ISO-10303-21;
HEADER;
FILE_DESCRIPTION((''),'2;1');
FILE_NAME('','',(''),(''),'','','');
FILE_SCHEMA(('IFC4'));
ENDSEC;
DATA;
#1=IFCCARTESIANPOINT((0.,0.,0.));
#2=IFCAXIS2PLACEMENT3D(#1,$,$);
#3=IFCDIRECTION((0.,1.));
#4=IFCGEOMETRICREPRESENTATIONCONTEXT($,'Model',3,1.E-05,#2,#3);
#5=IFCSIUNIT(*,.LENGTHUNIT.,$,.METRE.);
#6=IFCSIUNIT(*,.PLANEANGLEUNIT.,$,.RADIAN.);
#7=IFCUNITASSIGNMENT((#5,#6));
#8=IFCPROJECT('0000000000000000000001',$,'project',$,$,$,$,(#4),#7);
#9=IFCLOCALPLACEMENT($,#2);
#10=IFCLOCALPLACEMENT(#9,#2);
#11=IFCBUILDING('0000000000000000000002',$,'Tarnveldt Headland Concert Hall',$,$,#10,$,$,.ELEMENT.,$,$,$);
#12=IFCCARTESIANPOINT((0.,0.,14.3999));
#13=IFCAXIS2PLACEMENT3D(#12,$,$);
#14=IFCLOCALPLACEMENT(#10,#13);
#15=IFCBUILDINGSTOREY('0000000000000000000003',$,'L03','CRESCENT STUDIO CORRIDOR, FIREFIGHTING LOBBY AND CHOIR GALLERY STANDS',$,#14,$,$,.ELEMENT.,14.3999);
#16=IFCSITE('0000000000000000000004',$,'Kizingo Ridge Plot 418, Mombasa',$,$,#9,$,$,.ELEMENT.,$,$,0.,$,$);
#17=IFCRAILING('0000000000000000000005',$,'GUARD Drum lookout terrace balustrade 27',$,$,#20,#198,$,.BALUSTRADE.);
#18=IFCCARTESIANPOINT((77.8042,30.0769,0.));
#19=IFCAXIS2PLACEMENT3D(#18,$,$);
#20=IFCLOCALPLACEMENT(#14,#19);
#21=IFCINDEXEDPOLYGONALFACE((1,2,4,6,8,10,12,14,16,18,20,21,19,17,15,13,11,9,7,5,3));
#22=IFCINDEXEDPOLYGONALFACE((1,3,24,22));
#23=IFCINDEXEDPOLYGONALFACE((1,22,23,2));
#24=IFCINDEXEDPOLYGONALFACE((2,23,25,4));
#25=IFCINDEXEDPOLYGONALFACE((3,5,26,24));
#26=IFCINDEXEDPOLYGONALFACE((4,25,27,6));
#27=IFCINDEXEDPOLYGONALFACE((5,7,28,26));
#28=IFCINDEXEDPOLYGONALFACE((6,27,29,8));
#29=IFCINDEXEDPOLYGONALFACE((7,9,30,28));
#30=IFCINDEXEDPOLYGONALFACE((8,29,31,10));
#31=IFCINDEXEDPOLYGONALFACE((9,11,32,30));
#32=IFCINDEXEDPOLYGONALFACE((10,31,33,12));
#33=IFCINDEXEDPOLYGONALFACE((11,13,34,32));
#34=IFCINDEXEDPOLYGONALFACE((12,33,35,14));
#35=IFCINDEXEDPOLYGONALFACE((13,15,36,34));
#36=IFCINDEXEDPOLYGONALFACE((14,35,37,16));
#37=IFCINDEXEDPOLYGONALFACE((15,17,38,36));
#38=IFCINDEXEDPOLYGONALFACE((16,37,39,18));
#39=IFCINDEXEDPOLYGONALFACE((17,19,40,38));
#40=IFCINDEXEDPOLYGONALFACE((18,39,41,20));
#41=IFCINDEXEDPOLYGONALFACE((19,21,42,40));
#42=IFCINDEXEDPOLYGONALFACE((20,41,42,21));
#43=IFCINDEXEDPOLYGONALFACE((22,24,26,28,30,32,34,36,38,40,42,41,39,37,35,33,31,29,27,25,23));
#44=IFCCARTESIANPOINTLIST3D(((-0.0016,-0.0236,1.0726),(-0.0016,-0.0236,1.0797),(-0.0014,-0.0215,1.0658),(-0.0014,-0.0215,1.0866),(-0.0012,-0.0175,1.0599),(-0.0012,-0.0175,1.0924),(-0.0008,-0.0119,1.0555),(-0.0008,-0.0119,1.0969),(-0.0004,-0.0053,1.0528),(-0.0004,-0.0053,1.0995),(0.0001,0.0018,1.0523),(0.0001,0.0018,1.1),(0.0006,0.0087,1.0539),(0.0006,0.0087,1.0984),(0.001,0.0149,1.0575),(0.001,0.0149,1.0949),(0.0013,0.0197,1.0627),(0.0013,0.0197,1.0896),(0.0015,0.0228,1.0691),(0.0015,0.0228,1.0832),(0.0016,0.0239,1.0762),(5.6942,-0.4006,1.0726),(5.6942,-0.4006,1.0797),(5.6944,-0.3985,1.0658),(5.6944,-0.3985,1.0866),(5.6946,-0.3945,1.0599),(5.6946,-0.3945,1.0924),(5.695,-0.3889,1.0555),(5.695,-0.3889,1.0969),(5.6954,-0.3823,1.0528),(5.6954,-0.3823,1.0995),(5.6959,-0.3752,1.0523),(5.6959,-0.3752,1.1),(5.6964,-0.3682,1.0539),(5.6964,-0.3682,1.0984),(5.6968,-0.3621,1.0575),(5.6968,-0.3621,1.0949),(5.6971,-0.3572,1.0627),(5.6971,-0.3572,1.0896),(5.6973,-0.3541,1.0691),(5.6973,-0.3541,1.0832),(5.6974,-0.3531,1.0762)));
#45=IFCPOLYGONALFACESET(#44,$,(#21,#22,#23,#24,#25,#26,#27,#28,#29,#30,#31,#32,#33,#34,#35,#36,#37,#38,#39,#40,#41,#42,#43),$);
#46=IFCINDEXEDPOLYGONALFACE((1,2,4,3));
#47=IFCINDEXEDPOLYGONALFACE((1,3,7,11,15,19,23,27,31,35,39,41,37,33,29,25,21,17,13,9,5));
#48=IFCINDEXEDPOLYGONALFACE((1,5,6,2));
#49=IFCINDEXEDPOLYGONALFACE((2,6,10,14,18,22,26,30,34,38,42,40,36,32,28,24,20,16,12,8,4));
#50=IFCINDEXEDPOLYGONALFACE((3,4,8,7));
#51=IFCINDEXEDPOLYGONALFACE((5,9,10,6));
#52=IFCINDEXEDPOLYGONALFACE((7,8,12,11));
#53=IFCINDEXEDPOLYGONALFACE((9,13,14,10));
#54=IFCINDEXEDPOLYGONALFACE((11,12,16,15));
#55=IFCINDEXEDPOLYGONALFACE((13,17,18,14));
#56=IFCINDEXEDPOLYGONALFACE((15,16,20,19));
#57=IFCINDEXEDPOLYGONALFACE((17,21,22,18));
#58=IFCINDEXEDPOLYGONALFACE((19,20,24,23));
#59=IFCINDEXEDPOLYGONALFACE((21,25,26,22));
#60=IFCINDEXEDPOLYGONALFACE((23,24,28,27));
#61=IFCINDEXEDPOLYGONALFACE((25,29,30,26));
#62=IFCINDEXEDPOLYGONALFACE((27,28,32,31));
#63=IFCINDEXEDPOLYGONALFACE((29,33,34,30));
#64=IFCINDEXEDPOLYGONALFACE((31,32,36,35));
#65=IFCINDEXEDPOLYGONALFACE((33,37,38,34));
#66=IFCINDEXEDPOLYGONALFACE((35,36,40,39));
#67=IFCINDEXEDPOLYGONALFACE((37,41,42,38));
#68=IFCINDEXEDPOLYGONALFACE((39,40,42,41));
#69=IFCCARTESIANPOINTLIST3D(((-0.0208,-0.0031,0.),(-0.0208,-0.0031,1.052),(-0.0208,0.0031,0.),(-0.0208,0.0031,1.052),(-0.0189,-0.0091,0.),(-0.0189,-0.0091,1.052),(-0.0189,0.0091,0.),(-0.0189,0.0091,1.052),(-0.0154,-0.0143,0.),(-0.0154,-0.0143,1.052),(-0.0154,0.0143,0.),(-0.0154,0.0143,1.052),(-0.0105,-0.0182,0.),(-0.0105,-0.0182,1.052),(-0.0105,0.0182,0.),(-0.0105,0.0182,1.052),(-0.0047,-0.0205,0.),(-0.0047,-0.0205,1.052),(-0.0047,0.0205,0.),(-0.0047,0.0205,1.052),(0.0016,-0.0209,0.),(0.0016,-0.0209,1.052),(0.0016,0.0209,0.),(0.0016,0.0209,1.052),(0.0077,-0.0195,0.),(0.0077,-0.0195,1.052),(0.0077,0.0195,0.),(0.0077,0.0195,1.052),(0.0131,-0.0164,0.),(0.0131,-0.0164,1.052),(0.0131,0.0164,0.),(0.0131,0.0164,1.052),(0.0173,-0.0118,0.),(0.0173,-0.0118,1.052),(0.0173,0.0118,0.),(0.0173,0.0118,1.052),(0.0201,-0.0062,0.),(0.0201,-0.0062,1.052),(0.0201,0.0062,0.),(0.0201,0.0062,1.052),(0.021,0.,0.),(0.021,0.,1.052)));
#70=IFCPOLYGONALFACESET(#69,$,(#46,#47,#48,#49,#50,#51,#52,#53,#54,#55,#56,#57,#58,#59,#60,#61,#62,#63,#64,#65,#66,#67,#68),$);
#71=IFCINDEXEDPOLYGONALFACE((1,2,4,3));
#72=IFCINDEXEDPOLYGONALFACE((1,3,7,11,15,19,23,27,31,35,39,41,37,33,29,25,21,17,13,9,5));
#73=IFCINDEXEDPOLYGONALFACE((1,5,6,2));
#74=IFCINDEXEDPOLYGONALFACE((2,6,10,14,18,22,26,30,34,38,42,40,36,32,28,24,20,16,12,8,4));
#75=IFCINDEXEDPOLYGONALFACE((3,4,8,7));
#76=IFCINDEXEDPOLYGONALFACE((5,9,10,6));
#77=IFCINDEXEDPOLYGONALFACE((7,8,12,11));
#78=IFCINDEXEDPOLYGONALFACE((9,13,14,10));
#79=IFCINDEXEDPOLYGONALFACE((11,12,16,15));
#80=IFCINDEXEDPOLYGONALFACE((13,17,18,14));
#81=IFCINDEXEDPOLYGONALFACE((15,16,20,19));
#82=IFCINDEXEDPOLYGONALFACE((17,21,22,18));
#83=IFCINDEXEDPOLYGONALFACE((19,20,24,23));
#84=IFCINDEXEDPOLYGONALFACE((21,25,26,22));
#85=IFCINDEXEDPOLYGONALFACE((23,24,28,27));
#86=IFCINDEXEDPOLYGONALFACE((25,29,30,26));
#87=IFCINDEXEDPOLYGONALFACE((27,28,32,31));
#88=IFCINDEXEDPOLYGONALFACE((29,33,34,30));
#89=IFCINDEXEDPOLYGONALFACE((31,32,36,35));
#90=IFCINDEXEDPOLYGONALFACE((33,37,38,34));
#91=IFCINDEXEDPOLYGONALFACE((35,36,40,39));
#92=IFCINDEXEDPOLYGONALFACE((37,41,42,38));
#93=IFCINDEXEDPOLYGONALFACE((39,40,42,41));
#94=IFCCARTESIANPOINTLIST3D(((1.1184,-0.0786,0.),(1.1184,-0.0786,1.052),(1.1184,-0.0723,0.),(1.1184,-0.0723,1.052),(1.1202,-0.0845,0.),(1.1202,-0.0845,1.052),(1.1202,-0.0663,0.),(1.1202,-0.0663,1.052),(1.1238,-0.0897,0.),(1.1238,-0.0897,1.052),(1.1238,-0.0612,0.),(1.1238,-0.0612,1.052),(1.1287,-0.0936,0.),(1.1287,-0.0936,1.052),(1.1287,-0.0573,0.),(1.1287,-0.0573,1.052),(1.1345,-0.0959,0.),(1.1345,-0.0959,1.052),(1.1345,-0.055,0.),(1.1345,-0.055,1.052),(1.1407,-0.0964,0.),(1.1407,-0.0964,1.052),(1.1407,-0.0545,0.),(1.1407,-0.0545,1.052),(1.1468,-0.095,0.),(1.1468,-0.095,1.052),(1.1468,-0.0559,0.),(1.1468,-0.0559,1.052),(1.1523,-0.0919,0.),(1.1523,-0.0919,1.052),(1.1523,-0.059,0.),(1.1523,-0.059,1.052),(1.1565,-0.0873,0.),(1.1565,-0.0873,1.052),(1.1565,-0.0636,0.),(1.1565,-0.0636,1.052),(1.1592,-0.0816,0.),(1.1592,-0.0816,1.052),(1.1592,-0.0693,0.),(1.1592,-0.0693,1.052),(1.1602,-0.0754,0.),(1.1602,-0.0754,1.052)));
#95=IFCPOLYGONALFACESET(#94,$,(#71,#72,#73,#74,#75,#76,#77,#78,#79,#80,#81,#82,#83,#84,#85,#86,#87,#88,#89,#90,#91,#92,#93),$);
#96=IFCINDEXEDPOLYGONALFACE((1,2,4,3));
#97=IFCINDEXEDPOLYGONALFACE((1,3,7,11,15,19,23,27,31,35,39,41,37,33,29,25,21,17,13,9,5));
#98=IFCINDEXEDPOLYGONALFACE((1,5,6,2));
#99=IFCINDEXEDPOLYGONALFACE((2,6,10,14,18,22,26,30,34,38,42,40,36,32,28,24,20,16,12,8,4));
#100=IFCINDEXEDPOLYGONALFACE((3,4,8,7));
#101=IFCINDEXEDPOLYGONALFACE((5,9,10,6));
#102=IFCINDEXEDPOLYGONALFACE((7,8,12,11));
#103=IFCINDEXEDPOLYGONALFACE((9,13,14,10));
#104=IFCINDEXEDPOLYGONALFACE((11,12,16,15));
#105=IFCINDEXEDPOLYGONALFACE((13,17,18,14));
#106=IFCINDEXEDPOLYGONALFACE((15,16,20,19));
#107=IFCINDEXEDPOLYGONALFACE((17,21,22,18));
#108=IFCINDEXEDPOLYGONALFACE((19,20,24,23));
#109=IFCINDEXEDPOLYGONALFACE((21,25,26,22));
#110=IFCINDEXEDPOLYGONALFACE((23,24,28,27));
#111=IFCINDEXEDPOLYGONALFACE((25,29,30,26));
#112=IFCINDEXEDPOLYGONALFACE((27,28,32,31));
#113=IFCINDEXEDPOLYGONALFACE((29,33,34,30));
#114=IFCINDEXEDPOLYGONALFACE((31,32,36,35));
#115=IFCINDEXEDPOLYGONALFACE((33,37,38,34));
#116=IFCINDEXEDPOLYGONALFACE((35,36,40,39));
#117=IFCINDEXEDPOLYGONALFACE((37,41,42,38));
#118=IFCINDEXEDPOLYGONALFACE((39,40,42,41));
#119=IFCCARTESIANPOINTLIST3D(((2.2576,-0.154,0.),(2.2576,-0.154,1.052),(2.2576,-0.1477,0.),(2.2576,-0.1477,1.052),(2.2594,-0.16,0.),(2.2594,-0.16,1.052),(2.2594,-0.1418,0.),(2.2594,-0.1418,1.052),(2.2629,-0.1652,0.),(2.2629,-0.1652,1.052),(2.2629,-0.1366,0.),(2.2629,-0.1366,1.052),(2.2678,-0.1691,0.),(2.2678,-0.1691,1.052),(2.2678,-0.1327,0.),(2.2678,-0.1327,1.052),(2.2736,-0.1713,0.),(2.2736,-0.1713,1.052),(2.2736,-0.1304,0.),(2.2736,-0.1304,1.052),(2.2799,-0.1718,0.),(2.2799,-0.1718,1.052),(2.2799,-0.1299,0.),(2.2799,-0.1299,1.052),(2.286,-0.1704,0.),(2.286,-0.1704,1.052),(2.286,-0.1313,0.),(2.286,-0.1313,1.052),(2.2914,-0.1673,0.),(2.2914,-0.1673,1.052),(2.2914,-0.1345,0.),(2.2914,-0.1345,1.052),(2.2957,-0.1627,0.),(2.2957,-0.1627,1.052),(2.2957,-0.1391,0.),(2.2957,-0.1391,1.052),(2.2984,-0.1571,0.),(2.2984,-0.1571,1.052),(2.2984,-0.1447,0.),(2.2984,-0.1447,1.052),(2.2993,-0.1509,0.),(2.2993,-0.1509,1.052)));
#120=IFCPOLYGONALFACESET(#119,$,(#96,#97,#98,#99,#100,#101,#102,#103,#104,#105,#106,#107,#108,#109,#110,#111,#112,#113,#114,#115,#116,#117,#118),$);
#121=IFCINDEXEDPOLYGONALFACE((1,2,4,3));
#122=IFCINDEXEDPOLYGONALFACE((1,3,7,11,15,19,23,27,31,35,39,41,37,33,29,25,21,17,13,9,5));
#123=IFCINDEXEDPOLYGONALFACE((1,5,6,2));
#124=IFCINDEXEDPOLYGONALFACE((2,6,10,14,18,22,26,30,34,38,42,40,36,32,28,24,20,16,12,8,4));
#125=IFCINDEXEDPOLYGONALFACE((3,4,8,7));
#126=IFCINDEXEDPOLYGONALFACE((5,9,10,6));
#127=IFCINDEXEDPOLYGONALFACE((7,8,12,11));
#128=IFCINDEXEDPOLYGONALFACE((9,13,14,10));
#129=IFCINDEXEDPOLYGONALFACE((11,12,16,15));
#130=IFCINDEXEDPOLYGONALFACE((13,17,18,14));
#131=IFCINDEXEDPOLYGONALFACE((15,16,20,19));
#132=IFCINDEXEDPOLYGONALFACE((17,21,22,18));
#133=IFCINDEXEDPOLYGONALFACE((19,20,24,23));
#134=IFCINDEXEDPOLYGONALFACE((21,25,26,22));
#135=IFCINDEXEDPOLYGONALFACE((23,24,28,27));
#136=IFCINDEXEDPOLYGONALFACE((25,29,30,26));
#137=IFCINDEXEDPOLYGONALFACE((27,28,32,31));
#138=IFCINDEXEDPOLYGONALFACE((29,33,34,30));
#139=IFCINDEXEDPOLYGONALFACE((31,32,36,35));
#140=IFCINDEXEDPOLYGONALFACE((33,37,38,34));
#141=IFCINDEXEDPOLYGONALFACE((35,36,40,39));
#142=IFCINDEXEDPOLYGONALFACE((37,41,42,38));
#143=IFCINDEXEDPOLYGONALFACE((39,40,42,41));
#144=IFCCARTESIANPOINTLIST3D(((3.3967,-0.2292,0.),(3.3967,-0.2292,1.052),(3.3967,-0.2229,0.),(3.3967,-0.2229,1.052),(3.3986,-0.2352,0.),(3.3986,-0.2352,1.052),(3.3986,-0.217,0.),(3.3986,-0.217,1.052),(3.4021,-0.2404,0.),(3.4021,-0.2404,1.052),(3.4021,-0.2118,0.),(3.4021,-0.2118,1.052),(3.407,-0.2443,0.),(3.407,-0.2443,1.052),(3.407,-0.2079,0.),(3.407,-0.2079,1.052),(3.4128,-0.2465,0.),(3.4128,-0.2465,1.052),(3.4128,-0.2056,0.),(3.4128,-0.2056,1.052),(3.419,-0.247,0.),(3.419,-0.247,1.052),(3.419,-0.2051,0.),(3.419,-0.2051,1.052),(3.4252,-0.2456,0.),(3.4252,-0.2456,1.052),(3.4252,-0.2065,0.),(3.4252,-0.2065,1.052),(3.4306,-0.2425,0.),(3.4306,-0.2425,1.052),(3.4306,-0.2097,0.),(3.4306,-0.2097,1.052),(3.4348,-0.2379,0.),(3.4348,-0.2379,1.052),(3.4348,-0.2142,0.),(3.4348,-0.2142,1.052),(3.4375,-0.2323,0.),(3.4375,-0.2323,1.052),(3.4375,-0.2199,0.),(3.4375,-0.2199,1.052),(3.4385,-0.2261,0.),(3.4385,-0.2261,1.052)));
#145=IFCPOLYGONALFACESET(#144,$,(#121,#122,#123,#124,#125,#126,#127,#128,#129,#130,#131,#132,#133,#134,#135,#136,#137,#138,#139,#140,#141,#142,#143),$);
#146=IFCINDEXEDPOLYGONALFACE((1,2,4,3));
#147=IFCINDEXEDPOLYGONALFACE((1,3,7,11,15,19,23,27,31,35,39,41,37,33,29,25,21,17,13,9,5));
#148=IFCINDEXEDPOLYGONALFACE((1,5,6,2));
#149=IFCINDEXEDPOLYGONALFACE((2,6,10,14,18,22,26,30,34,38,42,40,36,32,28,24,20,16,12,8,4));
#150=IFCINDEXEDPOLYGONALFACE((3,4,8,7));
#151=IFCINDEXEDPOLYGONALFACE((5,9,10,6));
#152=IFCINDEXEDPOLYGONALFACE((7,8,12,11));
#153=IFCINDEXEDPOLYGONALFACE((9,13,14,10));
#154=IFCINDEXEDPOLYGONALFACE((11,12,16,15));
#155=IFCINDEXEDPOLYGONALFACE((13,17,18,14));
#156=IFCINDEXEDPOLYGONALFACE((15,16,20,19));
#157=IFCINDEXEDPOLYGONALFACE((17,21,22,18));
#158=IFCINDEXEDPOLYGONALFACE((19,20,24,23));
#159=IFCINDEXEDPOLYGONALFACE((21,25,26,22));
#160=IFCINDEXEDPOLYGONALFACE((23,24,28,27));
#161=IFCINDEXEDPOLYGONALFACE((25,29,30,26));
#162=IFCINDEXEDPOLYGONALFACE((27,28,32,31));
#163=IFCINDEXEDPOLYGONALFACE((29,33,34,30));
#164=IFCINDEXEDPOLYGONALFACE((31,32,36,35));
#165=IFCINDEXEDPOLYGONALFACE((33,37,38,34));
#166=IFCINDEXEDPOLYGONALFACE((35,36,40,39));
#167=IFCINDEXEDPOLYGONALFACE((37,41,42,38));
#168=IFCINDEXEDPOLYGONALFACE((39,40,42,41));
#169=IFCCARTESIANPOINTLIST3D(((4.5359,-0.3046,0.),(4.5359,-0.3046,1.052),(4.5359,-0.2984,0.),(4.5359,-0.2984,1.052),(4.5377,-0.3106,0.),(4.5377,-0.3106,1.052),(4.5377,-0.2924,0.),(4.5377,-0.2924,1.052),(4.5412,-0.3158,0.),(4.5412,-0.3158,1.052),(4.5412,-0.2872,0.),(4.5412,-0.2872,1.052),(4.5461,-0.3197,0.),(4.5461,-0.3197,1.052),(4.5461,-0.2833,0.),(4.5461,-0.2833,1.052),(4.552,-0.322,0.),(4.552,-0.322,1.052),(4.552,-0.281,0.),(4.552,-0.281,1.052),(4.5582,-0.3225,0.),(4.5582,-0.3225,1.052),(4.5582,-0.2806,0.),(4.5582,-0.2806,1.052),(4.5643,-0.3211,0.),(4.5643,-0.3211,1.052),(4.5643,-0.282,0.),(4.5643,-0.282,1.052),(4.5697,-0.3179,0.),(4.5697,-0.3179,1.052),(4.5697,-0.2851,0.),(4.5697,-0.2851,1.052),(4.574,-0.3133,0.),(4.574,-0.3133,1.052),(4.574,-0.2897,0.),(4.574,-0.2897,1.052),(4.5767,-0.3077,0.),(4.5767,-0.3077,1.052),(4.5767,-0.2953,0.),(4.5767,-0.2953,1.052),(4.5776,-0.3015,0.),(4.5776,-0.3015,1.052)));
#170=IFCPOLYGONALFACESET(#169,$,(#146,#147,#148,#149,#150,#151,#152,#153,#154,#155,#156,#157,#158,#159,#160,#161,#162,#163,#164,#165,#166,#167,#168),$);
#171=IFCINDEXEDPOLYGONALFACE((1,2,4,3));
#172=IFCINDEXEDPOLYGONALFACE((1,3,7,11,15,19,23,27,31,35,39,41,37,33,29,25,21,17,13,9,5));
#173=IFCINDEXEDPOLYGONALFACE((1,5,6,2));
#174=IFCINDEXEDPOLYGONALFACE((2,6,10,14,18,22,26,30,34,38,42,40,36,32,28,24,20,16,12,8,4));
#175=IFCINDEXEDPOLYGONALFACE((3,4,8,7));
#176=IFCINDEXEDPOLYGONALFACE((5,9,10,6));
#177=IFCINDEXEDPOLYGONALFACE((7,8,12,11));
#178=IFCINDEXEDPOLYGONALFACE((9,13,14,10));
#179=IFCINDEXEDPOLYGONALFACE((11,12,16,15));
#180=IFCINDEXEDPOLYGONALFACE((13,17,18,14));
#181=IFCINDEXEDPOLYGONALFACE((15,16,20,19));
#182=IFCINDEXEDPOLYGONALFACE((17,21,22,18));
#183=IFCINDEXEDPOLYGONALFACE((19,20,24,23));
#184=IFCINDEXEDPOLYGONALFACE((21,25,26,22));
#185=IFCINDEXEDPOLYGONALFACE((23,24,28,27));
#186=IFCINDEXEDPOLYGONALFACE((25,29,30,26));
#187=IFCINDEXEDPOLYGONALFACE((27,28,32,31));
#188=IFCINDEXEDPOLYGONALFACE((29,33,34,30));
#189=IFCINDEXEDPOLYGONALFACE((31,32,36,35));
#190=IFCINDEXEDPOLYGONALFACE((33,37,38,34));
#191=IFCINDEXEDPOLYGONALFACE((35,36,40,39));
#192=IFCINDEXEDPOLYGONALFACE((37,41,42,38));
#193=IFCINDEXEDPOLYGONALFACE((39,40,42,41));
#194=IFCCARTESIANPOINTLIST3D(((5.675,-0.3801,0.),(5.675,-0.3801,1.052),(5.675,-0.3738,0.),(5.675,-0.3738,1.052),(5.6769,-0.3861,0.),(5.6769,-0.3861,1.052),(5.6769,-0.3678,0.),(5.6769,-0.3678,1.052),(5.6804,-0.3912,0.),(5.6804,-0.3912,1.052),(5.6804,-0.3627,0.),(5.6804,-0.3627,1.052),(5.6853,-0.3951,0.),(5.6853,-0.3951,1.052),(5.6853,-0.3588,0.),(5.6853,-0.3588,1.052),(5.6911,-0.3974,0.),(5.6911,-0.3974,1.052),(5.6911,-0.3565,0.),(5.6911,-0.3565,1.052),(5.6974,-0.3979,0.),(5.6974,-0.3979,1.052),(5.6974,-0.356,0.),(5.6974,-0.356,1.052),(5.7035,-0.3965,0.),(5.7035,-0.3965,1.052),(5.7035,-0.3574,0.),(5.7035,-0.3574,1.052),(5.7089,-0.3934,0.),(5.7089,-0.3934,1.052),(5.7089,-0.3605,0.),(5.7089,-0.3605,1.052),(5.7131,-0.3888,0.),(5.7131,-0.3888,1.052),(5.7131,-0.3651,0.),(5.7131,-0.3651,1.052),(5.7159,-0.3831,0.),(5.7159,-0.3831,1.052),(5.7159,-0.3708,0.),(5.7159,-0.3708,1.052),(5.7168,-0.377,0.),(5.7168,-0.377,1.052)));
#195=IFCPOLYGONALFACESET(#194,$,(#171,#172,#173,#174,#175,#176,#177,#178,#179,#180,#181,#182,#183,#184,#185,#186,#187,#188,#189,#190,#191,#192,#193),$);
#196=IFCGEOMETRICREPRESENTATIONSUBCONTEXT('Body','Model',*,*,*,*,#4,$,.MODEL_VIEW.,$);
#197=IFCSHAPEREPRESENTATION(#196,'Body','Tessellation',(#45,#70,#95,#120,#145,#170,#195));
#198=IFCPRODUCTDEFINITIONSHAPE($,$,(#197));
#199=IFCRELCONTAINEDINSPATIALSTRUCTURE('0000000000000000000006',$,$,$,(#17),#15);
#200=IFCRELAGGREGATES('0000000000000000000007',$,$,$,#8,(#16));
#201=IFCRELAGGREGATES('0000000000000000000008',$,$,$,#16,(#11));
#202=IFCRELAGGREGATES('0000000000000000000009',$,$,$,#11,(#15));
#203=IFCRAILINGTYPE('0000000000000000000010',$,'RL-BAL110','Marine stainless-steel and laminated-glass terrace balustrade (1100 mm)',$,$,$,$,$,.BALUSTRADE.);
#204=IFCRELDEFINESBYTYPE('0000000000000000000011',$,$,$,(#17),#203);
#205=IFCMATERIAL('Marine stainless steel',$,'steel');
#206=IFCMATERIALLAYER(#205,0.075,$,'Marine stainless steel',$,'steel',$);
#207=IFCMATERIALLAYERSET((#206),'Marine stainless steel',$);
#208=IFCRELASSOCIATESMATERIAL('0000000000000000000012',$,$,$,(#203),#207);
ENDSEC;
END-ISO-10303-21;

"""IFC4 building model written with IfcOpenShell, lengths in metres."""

from ifc_helpers import new_model, si_unit, direction, frame, origin, origin_2d, place, context, subcontext, project, spatial, circle, extrude, material, layer, layer_set, type_object, element, save


model = new_model("IFC4")

# Units and contexts
model_context = context("Model", 3, precision=1e-05, world=origin(), true_north=direction((0.0, 1.0)))
body_context = subcontext(model_context, "Body", "Model", "MODEL_VIEW")
ifc_project = project(units=[si_unit("LENGTHUNIT", "METRE"), si_unit("PLANEANGLEUNIT", "RADIAN")], contexts=[model_context])

# Site, building, storey
site_placement = place(None, origin())
site = spatial("IfcSite", under=ifc_project, at=site_placement, Name="Kizingo Ridge Plot 418, Mombasa", CompositionType="ELEMENT", RefElevation=0.0)
building_placement = place(site_placement, origin())
building = spatial("IfcBuilding", under=site, at=building_placement, Name="Tarnveldt Headland Concert Hall", CompositionType="ELEMENT")
storey_placement = place(building_placement, frame((0.0, 0.0, 14.3999)))
storey = spatial("IfcBuildingStorey", under=building, at=storey_placement, Name="L03", Description="CRESCENT STUDIO CORRIDOR, FIREFIGHTING LOBBY AND CHOIR GALLERY STANDS", CompositionType="ELEMENT", Elevation=14.3999)

# Railing
ifc_material_1 = material(Name="Marine stainless steel", Category="steel")
ifc_layer_1 = layer(ifc_material_1, 0.075, Name="Marine stainless steel", Category="steel")
ifc_layer_set_1 = layer_set([ifc_layer_1], Name="Marine stainless steel")
railing_type_1 = type_object("IfcRailingType", Name="RL-BAL110", Description="Marine stainless-steel and laminated-glass terrace balustrade (1100 mm)", PredefinedType="BALUSTRADE", material=ifc_layer_set_1)
railing_1_placement = place(storey_placement, frame((77.8042, 30.0769, 0.0)))
element("IfcRailing", 1, at=railing_1_placement, inside=storey, type_object=railing_type_1, Name="GUARD Drum lookout terrace balustrade 27", PredefinedType="BALUSTRADE", context=body_context, shape_type="SweptSolid", body=[
    extrude(circle(Radius=0.0239, at=origin_2d()), frame((0.0, 0.0, 1.0762), z_axis=(0.997817, -0.066036, 0.0), x_axis=(0.066036, 0.997817, 0.0)), (0.0, 0.0, 1.0), 5.7083),
    extrude(circle(Radius=0.021, at=origin_2d()), origin(), (0.0, 0.0, 1.0), 1.052),
    extrude(circle(Radius=0.021, at=origin_2d()), frame((1.1392, -0.0754, 0.0)), (0.0, 0.0, 1.0), 1.052),
    extrude(circle(Radius=0.021, at=origin_2d()), frame((2.2783, -0.1509, 0.0)), (0.0, 0.0, 1.0), 1.052),
    extrude(circle(Radius=0.021, at=origin_2d()), frame((3.4175, -0.2261, 0.0)), (0.0, 0.0, 1.0), 1.052),
    extrude(circle(Radius=0.021, at=origin_2d()), frame((4.5566, -0.3015, 0.0)), (0.0, 0.0, 1.0), 1.052),
    extrude(circle(Radius=0.021, at=origin_2d()), frame((5.6958, -0.377, 0.0)), (0.0, 0.0, 1.0), 1.052),
])

save(model, "model.ifc")
